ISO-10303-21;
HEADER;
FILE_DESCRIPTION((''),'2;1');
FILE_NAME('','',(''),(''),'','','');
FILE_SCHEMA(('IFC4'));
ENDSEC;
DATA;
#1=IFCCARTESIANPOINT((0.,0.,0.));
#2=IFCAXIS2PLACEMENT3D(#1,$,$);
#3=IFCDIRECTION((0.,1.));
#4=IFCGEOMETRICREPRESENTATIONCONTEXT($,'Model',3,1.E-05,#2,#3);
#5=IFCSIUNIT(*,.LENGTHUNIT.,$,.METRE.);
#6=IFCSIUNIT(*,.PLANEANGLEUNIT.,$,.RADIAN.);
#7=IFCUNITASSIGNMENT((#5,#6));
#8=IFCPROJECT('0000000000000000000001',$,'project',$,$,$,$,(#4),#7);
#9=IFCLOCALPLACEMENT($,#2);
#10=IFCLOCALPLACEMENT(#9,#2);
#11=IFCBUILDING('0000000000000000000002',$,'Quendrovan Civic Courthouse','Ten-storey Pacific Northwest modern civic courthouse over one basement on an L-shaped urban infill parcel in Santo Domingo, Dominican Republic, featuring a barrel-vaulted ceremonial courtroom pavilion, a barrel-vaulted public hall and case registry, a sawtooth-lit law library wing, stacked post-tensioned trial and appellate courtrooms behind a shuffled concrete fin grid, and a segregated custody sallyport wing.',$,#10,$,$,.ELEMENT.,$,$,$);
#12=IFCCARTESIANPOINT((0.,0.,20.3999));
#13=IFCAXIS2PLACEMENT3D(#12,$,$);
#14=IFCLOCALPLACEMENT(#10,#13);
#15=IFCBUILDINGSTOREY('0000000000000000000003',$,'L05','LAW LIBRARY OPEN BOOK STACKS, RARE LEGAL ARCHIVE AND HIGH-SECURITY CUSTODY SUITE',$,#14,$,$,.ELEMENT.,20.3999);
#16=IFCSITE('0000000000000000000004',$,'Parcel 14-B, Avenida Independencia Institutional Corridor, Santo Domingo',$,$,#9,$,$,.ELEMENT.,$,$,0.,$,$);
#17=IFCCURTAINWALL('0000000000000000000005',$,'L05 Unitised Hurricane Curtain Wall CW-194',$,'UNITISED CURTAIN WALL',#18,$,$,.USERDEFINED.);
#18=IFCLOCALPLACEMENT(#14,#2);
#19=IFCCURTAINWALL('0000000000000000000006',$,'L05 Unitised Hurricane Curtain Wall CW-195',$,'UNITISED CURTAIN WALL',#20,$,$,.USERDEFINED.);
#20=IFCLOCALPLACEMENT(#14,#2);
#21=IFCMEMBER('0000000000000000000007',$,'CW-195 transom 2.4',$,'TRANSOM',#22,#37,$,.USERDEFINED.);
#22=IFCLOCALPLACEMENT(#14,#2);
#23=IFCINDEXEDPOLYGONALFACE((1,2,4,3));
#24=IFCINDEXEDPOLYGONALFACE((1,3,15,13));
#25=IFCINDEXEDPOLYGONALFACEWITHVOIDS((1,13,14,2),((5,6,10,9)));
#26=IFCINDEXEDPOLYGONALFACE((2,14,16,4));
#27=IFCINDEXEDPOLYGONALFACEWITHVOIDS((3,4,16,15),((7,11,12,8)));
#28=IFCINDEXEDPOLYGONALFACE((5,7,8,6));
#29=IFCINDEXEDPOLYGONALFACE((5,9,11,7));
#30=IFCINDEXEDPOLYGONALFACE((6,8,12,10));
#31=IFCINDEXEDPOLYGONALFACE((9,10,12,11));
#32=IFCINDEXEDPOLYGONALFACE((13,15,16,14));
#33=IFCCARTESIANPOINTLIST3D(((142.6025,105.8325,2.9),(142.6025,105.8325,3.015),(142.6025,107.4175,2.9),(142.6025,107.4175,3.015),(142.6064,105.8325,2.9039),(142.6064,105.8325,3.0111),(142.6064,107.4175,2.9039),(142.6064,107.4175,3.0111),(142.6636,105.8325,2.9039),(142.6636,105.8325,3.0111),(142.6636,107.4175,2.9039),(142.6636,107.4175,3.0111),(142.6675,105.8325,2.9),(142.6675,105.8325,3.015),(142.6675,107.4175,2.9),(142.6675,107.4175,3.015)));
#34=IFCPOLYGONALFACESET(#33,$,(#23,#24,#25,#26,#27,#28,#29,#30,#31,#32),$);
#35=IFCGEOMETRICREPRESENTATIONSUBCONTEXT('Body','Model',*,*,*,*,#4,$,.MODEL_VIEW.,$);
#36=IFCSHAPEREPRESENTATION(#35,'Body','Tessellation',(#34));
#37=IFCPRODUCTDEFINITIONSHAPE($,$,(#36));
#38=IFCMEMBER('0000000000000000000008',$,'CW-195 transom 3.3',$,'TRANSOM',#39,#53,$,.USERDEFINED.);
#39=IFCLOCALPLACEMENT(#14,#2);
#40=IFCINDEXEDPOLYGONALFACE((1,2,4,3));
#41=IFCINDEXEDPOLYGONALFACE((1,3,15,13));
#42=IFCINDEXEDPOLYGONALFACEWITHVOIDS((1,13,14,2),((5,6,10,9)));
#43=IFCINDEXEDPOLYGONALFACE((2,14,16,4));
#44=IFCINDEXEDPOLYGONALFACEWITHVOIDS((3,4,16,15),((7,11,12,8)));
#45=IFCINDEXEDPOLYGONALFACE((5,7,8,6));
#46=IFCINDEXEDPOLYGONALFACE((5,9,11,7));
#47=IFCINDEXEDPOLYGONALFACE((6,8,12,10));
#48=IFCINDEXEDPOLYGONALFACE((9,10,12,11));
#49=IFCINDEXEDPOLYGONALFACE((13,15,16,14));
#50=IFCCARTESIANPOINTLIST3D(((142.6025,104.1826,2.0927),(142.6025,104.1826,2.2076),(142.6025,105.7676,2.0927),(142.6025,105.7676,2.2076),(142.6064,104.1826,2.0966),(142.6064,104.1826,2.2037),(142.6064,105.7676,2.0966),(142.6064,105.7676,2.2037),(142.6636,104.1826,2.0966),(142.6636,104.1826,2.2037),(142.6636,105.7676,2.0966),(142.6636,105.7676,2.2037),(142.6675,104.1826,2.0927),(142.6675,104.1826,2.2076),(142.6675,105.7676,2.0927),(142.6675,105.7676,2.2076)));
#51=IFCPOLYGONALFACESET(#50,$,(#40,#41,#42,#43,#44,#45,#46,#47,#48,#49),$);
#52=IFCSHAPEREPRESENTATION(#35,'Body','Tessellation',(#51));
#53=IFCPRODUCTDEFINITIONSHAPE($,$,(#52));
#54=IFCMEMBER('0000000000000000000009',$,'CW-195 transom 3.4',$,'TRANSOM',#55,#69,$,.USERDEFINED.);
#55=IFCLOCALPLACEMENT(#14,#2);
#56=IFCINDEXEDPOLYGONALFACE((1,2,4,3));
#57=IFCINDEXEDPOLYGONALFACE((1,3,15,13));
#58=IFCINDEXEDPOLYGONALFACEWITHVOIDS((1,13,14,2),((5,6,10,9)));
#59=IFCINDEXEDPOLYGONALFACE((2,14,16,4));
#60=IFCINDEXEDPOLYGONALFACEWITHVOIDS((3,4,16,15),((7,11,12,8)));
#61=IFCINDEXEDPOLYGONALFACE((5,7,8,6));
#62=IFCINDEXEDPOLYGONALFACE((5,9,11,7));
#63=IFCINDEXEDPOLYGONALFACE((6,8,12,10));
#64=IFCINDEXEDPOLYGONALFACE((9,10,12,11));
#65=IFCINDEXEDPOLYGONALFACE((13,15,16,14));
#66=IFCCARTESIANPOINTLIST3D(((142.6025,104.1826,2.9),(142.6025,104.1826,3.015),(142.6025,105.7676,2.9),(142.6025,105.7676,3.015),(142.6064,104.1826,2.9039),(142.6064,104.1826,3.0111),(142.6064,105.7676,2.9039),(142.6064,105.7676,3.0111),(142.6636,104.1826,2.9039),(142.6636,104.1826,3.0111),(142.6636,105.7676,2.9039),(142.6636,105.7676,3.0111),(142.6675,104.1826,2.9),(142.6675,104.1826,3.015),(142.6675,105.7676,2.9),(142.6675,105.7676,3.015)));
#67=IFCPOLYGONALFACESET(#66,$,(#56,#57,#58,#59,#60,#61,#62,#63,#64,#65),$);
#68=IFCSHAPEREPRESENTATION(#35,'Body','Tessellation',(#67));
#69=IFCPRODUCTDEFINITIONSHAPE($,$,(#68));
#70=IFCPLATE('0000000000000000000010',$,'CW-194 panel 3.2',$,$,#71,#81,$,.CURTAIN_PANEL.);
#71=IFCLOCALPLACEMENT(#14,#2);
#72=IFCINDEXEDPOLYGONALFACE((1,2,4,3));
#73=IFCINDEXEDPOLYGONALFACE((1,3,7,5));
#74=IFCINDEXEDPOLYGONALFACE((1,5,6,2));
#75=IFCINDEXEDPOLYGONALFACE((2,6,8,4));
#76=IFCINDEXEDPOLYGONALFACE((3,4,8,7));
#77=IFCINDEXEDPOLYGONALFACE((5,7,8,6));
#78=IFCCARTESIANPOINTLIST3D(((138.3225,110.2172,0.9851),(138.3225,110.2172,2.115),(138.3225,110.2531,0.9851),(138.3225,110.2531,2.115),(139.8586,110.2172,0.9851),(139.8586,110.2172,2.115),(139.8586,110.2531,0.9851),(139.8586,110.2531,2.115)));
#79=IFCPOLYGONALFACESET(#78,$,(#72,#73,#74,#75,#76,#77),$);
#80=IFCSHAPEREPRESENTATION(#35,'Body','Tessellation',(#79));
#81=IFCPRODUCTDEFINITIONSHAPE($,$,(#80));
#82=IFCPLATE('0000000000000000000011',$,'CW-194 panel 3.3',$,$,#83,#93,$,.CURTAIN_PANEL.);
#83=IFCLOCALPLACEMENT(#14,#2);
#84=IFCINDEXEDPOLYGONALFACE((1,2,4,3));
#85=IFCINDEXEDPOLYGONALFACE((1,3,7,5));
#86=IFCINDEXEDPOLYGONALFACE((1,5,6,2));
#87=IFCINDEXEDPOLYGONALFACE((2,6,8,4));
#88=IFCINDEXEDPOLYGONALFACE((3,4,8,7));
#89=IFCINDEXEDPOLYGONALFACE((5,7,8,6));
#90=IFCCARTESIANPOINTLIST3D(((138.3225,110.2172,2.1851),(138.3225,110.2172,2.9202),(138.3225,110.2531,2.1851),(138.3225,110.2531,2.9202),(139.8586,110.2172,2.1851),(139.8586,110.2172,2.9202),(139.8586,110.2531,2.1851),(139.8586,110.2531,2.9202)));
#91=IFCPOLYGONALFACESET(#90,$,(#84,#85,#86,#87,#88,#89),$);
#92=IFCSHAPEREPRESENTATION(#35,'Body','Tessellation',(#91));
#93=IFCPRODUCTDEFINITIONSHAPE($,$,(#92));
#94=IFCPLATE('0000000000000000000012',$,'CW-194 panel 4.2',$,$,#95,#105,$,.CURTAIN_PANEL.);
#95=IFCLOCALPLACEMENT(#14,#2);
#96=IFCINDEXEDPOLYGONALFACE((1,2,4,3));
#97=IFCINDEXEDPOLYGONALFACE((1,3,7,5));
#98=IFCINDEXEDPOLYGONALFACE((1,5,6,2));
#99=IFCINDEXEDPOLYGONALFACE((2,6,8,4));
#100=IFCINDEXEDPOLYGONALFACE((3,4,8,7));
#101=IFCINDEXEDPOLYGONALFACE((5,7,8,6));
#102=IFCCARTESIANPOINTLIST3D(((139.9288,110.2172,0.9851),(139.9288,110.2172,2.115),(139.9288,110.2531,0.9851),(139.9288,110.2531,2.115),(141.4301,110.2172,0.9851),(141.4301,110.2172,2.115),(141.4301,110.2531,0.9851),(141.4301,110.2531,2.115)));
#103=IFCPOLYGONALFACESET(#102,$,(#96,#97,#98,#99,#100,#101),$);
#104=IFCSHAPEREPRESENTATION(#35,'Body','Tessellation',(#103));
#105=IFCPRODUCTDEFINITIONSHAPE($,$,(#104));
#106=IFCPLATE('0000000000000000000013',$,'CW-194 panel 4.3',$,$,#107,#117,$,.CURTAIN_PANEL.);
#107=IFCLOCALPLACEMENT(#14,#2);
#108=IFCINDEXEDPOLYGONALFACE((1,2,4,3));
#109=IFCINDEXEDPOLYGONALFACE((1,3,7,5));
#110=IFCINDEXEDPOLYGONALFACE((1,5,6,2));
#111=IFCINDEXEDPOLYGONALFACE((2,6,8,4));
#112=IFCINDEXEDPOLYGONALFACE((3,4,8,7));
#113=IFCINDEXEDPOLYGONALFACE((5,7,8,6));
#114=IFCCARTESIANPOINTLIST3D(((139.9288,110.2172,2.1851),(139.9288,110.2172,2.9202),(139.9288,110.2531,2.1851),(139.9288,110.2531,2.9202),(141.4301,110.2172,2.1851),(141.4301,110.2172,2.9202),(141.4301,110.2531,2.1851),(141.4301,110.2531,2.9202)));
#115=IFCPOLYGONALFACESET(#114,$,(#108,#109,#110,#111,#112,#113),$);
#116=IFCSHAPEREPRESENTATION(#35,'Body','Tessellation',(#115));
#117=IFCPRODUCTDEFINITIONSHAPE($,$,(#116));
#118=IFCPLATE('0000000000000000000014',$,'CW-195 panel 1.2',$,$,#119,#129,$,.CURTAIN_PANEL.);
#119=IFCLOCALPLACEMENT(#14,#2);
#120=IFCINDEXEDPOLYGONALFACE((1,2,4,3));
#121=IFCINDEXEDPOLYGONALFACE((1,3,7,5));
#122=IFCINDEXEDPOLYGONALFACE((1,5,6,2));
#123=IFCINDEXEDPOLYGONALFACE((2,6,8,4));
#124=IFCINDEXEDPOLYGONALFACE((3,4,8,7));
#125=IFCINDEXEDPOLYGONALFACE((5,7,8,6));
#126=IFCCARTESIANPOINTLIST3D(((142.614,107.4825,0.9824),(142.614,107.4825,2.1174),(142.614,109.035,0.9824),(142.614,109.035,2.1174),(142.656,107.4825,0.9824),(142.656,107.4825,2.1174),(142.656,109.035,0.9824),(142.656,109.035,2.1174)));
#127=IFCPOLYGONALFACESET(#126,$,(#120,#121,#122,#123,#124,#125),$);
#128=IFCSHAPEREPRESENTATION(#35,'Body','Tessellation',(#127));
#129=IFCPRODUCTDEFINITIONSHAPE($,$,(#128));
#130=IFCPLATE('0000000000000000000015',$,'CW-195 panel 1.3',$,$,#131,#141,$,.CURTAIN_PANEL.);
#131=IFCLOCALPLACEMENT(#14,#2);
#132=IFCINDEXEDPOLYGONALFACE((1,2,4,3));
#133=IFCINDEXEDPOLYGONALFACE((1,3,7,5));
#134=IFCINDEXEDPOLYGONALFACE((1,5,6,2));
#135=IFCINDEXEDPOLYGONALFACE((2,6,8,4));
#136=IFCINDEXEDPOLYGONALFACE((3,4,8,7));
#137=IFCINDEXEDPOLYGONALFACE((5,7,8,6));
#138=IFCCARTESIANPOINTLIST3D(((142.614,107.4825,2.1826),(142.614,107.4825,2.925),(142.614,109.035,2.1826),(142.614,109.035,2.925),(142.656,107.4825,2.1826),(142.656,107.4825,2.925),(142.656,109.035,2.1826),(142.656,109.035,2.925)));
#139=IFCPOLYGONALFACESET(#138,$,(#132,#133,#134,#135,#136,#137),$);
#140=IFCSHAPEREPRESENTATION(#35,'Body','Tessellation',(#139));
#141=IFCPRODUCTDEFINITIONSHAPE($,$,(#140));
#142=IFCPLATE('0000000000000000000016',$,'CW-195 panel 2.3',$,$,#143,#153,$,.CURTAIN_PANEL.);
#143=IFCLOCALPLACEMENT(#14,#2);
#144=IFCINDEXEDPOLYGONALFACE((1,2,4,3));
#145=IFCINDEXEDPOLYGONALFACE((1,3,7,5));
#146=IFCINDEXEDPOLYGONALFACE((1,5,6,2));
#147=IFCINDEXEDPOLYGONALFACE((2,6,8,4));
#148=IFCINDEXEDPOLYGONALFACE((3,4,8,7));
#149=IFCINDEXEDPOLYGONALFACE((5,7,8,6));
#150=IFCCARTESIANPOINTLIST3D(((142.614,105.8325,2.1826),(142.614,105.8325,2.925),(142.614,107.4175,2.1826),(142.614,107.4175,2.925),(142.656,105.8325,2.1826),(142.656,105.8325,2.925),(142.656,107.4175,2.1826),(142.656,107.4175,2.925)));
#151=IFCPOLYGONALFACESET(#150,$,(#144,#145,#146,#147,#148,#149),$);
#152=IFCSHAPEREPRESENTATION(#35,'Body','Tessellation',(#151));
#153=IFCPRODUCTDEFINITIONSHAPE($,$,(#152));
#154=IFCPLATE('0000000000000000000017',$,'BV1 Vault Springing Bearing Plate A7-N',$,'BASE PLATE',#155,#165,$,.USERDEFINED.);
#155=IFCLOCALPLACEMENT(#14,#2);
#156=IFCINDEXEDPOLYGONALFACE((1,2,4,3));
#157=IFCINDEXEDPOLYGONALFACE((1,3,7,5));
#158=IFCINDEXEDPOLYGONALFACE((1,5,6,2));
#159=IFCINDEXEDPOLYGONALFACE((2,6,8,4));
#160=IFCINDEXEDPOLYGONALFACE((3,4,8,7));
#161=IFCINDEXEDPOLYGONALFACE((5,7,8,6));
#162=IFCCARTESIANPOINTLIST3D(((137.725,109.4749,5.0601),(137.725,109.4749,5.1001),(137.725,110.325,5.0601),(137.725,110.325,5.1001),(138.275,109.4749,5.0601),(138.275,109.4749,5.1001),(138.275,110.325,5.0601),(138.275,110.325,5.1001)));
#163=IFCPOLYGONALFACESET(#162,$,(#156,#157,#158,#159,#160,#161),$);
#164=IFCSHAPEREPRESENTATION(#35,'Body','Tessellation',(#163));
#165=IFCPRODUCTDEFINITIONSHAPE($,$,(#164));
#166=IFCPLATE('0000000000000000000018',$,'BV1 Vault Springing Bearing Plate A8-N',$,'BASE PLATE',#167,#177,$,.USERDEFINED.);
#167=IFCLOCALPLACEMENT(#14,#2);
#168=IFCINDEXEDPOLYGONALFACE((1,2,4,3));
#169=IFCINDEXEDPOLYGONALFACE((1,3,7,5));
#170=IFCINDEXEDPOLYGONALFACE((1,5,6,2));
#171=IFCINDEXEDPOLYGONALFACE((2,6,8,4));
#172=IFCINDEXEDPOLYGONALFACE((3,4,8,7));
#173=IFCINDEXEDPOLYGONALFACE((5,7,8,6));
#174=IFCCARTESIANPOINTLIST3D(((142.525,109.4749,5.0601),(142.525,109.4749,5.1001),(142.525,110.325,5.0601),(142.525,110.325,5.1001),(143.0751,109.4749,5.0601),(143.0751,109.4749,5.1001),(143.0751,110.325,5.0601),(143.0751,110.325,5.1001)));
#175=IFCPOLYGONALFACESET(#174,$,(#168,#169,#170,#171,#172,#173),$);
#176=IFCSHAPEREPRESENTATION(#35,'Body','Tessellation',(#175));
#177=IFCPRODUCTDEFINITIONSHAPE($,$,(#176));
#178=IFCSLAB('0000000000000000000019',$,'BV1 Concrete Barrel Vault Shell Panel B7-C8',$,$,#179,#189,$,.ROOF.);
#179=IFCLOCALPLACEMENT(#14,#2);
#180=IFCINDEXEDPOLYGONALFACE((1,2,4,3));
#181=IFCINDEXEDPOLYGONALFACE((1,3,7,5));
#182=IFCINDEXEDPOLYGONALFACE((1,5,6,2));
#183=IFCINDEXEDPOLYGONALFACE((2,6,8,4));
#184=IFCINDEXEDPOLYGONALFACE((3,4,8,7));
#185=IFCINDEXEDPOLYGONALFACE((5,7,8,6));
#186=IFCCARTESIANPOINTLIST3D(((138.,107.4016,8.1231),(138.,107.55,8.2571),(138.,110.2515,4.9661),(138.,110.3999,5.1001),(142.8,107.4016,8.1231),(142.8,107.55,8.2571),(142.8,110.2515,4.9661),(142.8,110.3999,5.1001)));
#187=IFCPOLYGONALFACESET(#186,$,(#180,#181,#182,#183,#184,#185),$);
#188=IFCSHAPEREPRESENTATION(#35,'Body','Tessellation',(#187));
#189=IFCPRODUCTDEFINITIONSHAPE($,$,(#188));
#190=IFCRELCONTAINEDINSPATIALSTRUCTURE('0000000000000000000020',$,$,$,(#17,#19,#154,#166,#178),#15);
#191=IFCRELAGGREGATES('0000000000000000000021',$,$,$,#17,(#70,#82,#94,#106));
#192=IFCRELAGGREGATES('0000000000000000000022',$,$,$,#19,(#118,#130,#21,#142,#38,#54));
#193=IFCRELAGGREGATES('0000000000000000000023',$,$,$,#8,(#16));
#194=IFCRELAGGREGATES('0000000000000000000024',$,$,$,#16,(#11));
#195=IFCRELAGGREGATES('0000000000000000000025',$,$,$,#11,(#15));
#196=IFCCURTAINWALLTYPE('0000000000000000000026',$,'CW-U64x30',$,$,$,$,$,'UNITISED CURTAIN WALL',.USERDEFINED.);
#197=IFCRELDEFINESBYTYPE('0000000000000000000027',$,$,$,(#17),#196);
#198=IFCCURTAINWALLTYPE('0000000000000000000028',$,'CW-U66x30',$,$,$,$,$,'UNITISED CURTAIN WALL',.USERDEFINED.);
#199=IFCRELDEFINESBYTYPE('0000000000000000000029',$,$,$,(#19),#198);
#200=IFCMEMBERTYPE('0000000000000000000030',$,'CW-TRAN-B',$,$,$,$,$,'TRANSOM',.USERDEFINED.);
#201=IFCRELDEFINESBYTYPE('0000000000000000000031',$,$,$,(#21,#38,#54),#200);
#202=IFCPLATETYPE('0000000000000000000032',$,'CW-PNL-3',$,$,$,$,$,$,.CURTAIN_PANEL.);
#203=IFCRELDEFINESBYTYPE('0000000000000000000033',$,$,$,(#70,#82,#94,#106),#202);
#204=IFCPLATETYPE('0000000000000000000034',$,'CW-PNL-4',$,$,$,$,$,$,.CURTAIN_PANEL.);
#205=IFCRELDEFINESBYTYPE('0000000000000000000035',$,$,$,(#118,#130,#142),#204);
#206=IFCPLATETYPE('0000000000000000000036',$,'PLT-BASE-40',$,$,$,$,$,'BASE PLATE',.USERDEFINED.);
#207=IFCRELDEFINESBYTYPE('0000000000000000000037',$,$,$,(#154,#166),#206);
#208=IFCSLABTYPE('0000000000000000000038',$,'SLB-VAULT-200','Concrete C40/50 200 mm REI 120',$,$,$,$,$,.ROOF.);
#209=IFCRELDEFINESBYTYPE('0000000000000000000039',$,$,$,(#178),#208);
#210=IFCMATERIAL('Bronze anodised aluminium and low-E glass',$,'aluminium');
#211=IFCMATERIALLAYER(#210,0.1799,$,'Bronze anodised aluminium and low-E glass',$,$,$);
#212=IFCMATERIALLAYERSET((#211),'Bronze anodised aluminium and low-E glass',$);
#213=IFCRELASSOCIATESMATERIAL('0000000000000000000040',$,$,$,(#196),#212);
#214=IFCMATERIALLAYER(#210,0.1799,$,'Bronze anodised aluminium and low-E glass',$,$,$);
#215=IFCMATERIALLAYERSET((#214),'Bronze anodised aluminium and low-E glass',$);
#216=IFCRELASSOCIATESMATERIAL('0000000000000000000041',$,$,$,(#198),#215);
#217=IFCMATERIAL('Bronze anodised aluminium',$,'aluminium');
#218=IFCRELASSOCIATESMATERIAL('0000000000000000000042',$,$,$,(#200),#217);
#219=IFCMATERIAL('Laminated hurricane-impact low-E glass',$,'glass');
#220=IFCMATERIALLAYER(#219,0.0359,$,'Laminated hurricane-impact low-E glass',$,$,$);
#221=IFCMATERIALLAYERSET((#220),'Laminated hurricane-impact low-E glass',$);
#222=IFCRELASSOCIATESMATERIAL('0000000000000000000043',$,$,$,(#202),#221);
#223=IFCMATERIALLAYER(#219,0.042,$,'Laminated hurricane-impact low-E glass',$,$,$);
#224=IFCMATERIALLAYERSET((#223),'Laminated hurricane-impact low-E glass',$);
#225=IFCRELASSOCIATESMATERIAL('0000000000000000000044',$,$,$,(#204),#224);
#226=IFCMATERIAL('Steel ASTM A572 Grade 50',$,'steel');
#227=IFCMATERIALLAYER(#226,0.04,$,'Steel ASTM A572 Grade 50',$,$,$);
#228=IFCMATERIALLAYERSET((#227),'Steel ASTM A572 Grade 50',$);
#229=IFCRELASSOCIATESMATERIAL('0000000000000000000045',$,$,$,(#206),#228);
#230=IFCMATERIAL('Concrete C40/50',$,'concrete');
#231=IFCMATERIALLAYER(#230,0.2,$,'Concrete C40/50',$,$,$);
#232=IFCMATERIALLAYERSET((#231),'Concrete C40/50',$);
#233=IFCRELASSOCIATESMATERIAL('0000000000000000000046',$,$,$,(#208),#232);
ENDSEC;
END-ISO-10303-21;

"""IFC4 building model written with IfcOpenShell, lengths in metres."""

from ifc_helpers import new_model, si_unit, direction, frame, origin, origin_2d, place, context, subcontext, project, spatial, polyline, rectangle, hollow_rectangle, outline, extrude, material, layer, layer_set, material_profile, profile_set, type_object, element, aggregate, save


model = new_model("IFC4")

# Units and contexts
model_context = context("Model", 3, precision=1e-05, world=origin(), true_north=direction((0.0, 1.0)))
body_context = subcontext(model_context, "Body", "Model", "MODEL_VIEW")
ifc_project = project(units=[si_unit("LENGTHUNIT", "METRE"), si_unit("PLANEANGLEUNIT", "RADIAN")], contexts=[model_context])

# Site, building, storey
site_placement = place(None, origin())
site = spatial("IfcSite", under=ifc_project, at=site_placement, Name="Parcel 14-B, Avenida Independencia Institutional Corridor, Santo Domingo", CompositionType="ELEMENT", RefElevation=0.0)
building_placement = place(site_placement, origin())
building = spatial("IfcBuilding", under=site, at=building_placement, Name="Quendrovan Civic Courthouse", Description="Ten-storey Pacific Northwest modern civic courthouse over one basement on an L-shaped urban infill parcel in Santo Domingo, Dominican Republic, featuring a barrel-vaulted ceremonial courtroom pavilion, a barrel-vaulted public hall and case registry, a sawtooth-lit law library wing, stacked post-tensioned trial and appellate courtrooms behind a shuffled concrete fin grid, and a segregated custody sallyport wing.", CompositionType="ELEMENT")
storey_placement = place(building_placement, frame((0.0, 0.0, 20.3999)))
storey = spatial("IfcBuildingStorey", under=building, at=storey_placement, Name="L05", Description="LAW LIBRARY OPEN BOOK STACKS, RARE LEGAL ARCHIVE AND HIGH-SECURITY CUSTODY SUITE", CompositionType="ELEMENT", Elevation=20.3999)

# Shared definitions
ifc_material_1 = material(Name="Concrete C40/50", Category="concrete")

# Curtain walls, members
ifc_material_2 = material(Name="Bronze anodised aluminium and low-E glass", Category="aluminium")
ifc_layer_1 = layer(ifc_material_2, 0.1799, Name="Bronze anodised aluminium and low-E glass")
ifc_layer_set_1 = layer_set([ifc_layer_1], Name="Bronze anodised aluminium and low-E glass")
curtain_wall_type_1 = type_object("IfcCurtainWallType", Name="CW-U64x30", ElementType="UNITISED CURTAIN WALL", PredefinedType="USERDEFINED", material=ifc_layer_set_1)
curtain_wall_1_placement = place(storey_placement, origin())
curtain_wall_1 = element("IfcCurtainWall", 1, at=curtain_wall_1_placement, inside=storey, type_object=curtain_wall_type_1, Name="L05 Unitised Hurricane Curtain Wall CW-194", ObjectType="UNITISED CURTAIN WALL", PredefinedType="USERDEFINED")
ifc_material_3 = material(Name="Bronze anodised aluminium", Category="aluminium")
ifc_layer_2 = layer(ifc_material_2, 0.1799, Name="Bronze anodised aluminium and low-E glass")
ifc_layer_set_2 = layer_set([ifc_layer_2], Name="Bronze anodised aluminium and low-E glass")
curtain_wall_type_2 = type_object("IfcCurtainWallType", Name="CW-U66x30", ElementType="UNITISED CURTAIN WALL", PredefinedType="USERDEFINED", material=ifc_layer_set_2)
curtain_wall_2_placement = place(storey_placement, origin())
curtain_wall_2 = element("IfcCurtainWall", 2, at=curtain_wall_2_placement, inside=storey, type_object=curtain_wall_type_2, Name="L05 Unitised Hurricane Curtain Wall CW-195", ObjectType="UNITISED CURTAIN WALL", PredefinedType="USERDEFINED")
ifc_material_profile_1 = material_profile(ifc_material_3, hollow_rectangle(XDim=0.0649, YDim=0.115, WallThickness=0.0039, at=origin_2d()), Name="CW-TRAN-65x115")
ifc_profile_set_1 = profile_set([ifc_material_profile_1], Name="Bronze anodised aluminium")
member_type_1 = type_object("IfcMemberType", Name="CW-TRAN-B", ElementType="TRANSOM", PredefinedType="USERDEFINED", material=ifc_profile_set_1)
member_1_placement = place(storey_placement, frame((142.635, 107.4175, 2.9575), z_axis=(0.0, -1.0, 0.0), x_axis=(1.0, 0.0, 0.0)))
member_1 = element("IfcMember", 3, at=member_1_placement, type_object=member_type_1, Name="CW-195 transom 2.4", ObjectType="TRANSOM", PredefinedType="USERDEFINED", context=body_context, shape_type="SweptSolid", body=[
    extrude(hollow_rectangle(XDim=0.0649, YDim=0.115, WallThickness=0.0039, at=origin_2d()), origin(), (0.0, 0.0, 1.0), 1.585),
])
member_2_placement = place(storey_placement, frame((142.635, 105.7676, 2.1501), z_axis=(0.0, -1.0, 0.0), x_axis=(1.0, 0.0, 0.0)))
member_2 = element("IfcMember", 4, at=member_2_placement, type_object=member_type_1, Name="CW-195 transom 3.3", ObjectType="TRANSOM", PredefinedType="USERDEFINED", context=body_context, shape_type="SweptSolid", body=[
    extrude(hollow_rectangle(XDim=0.0649, YDim=0.115, WallThickness=0.0039, at=origin_2d()), origin(), (0.0, 0.0, 1.0), 1.585),
])
member_3_placement = place(storey_placement, frame((142.635, 105.7676, 2.9575), z_axis=(0.0, -1.0, 0.0), x_axis=(1.0, 0.0, 0.0)))
member_3 = element("IfcMember", 5, at=member_3_placement, type_object=member_type_1, Name="CW-195 transom 3.4", ObjectType="TRANSOM", PredefinedType="USERDEFINED", context=body_context, shape_type="SweptSolid", body=[
    extrude(hollow_rectangle(XDim=0.0649, YDim=0.115, WallThickness=0.0039, at=origin_2d()), origin(), (0.0, 0.0, 1.0), 1.585),
])

# Plates
ifc_material_4 = material(Name="Laminated hurricane-impact low-E glass", Category="glass")
ifc_layer_3 = layer(ifc_material_4, 0.0359, Name="Laminated hurricane-impact low-E glass")
ifc_layer_set_3 = layer_set([ifc_layer_3], Name="Laminated hurricane-impact low-E glass")
plate_type_1 = type_object("IfcPlateType", Name="CW-PNL-3", PredefinedType="CURTAIN_PANEL", material=ifc_layer_set_3)
plate_1_placement = place(storey_placement, frame((139.0906, 110.2351, 0.9851), z_axis=(0.0, 0.0, 1.0), x_axis=(1.0, 0.0, 0.0)))
plate_1 = element("IfcPlate", 6, at=plate_1_placement, type_object=plate_type_1, Name="CW-194 panel 3.2", PredefinedType="CURTAIN_PANEL", context=body_context, shape_type="SweptSolid", body=[
    extrude(rectangle(XDim=1.5361, YDim=0.0359, at=origin_2d()), origin(), (0.0, 0.0, 1.0), 1.1299),
])
plate_2_placement = place(storey_placement, frame((139.0906, 110.2351, 2.1851), z_axis=(0.0, 0.0, 1.0), x_axis=(1.0, 0.0, 0.0)))
plate_2 = element("IfcPlate", 7, at=plate_2_placement, type_object=plate_type_1, Name="CW-194 panel 3.3", PredefinedType="CURTAIN_PANEL", context=body_context, shape_type="SweptSolid", body=[
    extrude(rectangle(XDim=1.5361, YDim=0.0359, at=origin_2d()), origin(), (0.0, 0.0, 1.0), 0.7351),
])
plate_3_placement = place(storey_placement, frame((140.6794, 110.2351, 0.9851), z_axis=(0.0, 0.0, 1.0), x_axis=(1.0, 0.0, 0.0)))
plate_3 = element("IfcPlate", 8, at=plate_3_placement, type_object=plate_type_1, Name="CW-194 panel 4.2", PredefinedType="CURTAIN_PANEL", context=body_context, shape_type="SweptSolid", body=[
    extrude(rectangle(XDim=1.5012, YDim=0.0359, at=origin_2d()), origin(), (0.0, 0.0, 1.0), 1.1299),
])
plate_4_placement = place(storey_placement, frame((140.6794, 110.2351, 2.1851), z_axis=(0.0, 0.0, 1.0), x_axis=(1.0, 0.0, 0.0)))
plate_4 = element("IfcPlate", 9, at=plate_4_placement, type_object=plate_type_1, Name="CW-194 panel 4.3", PredefinedType="CURTAIN_PANEL", context=body_context, shape_type="SweptSolid", body=[
    extrude(rectangle(XDim=1.5012, YDim=0.0359, at=origin_2d()), origin(), (0.0, 0.0, 1.0), 0.7351),
])
aggregate(curtain_wall_1, [plate_1, plate_2, plate_3, plate_4])
ifc_layer_4 = layer(ifc_material_4, 0.042, Name="Laminated hurricane-impact low-E glass")
ifc_layer_set_4 = layer_set([ifc_layer_4], Name="Laminated hurricane-impact low-E glass")
plate_type_2 = type_object("IfcPlateType", Name="CW-PNL-4", PredefinedType="CURTAIN_PANEL", material=ifc_layer_set_4)
plate_5_placement = place(storey_placement, frame((142.635, 108.2588, 0.9824), z_axis=(0.0, 0.0, 1.0), x_axis=(0.0, -1.0, 0.0)))
plate_5 = element("IfcPlate", 10, at=plate_5_placement, type_object=plate_type_2, Name="CW-195 panel 1.2", PredefinedType="CURTAIN_PANEL", context=body_context, shape_type="SweptSolid", body=[
    extrude(rectangle(XDim=1.5525, YDim=0.042, at=origin_2d()), origin(), (0.0, 0.0, 1.0), 1.135),
])
plate_6_placement = place(storey_placement, frame((142.635, 108.2588, 2.1826), z_axis=(0.0, 0.0, 1.0), x_axis=(0.0, -1.0, 0.0)))
plate_6 = element("IfcPlate", 11, at=plate_6_placement, type_object=plate_type_2, Name="CW-195 panel 1.3", PredefinedType="CURTAIN_PANEL", context=body_context, shape_type="SweptSolid", body=[
    extrude(rectangle(XDim=1.5525, YDim=0.042, at=origin_2d()), origin(), (0.0, 0.0, 1.0), 0.7424),
])
plate_7_placement = place(storey_placement, frame((142.635, 106.625, 2.1826), z_axis=(0.0, 0.0, 1.0), x_axis=(0.0, -1.0, 0.0)))
plate_7 = element("IfcPlate", 12, at=plate_7_placement, type_object=plate_type_2, Name="CW-195 panel 2.3", PredefinedType="CURTAIN_PANEL", context=body_context, shape_type="SweptSolid", body=[
    extrude(rectangle(XDim=1.585, YDim=0.042, at=origin_2d()), origin(), (0.0, 0.0, 1.0), 0.7424),
])
aggregate(curtain_wall_2, [plate_5, plate_6, member_1, plate_7, member_2, member_3])

# Plates
ifc_material_5 = material(Name="Steel ASTM A572 Grade 50", Category="steel")
ifc_layer_5 = layer(ifc_material_5, 0.04, Name="Steel ASTM A572 Grade 50")
ifc_layer_set_5 = layer_set([ifc_layer_5], Name="Steel ASTM A572 Grade 50")
plate_type_3 = type_object("IfcPlateType", Name="PLT-BASE-40", ElementType="BASE PLATE", PredefinedType="USERDEFINED", material=ifc_layer_set_5)
for number, where, z_axis, x_axis, name in (
    (13, (138.0, 109.8999, 5.0601), (0.0, 0.0, 1.0), (1.0, 0.0, 0.0), "BV1 Vault Springing Bearing Plate A7-N"),
    (14, (142.8, 109.8999, 5.0601), (0.0, 0.0, 1.0), (1.0, 0.0, 0.0), "BV1 Vault Springing Bearing Plate A8-N"),
):
    element("IfcPlate", number, at=place(storey_placement, frame(where, z_axis=z_axis, x_axis=x_axis)), inside=storey, type_object=plate_type_3, Name=name, ObjectType="BASE PLATE", PredefinedType="USERDEFINED", context=body_context, shape_type="SweptSolid", body=[
        extrude(rectangle(XDim=0.55, YDim=0.8501, at=origin_2d()), origin(), (0.0, 0.0, 1.0), 0.04),
    ])

# Slab
ifc_layer_6 = layer(ifc_material_1, 0.2, Name="Concrete C40/50")
ifc_layer_set_6 = layer_set([ifc_layer_6], Name="Concrete C40/50")
slab_type = type_object("IfcSlabType", Name="SLB-VAULT-200", Description="Concrete C40/50 200 mm REI 120", PredefinedType="ROOF", material=ifc_layer_set_6)
slab_placement = place(storey_placement, frame((138.0, 107.55, 8.2571), z_axis=(0.0, 0.742291, 0.670077), x_axis=(1.0, 0.0, 0.0)))
element("IfcSlab", 15, at=slab_placement, inside=storey, type_object=slab_type, Name="BV1 Concrete Barrel Vault Shell Panel B7-C8", PredefinedType="ROOF", context=body_context, shape_type="SweptSolid", body=[
    extrude(outline(polyline([(0.0, 0.0), (4.8, 0.0), (4.8, 4.253), (0.0, 4.253), (0.0, 0.0)])), origin(), (0.0, 0.0, -1.0), 0.2),
])

save(model, "model.ifc")
